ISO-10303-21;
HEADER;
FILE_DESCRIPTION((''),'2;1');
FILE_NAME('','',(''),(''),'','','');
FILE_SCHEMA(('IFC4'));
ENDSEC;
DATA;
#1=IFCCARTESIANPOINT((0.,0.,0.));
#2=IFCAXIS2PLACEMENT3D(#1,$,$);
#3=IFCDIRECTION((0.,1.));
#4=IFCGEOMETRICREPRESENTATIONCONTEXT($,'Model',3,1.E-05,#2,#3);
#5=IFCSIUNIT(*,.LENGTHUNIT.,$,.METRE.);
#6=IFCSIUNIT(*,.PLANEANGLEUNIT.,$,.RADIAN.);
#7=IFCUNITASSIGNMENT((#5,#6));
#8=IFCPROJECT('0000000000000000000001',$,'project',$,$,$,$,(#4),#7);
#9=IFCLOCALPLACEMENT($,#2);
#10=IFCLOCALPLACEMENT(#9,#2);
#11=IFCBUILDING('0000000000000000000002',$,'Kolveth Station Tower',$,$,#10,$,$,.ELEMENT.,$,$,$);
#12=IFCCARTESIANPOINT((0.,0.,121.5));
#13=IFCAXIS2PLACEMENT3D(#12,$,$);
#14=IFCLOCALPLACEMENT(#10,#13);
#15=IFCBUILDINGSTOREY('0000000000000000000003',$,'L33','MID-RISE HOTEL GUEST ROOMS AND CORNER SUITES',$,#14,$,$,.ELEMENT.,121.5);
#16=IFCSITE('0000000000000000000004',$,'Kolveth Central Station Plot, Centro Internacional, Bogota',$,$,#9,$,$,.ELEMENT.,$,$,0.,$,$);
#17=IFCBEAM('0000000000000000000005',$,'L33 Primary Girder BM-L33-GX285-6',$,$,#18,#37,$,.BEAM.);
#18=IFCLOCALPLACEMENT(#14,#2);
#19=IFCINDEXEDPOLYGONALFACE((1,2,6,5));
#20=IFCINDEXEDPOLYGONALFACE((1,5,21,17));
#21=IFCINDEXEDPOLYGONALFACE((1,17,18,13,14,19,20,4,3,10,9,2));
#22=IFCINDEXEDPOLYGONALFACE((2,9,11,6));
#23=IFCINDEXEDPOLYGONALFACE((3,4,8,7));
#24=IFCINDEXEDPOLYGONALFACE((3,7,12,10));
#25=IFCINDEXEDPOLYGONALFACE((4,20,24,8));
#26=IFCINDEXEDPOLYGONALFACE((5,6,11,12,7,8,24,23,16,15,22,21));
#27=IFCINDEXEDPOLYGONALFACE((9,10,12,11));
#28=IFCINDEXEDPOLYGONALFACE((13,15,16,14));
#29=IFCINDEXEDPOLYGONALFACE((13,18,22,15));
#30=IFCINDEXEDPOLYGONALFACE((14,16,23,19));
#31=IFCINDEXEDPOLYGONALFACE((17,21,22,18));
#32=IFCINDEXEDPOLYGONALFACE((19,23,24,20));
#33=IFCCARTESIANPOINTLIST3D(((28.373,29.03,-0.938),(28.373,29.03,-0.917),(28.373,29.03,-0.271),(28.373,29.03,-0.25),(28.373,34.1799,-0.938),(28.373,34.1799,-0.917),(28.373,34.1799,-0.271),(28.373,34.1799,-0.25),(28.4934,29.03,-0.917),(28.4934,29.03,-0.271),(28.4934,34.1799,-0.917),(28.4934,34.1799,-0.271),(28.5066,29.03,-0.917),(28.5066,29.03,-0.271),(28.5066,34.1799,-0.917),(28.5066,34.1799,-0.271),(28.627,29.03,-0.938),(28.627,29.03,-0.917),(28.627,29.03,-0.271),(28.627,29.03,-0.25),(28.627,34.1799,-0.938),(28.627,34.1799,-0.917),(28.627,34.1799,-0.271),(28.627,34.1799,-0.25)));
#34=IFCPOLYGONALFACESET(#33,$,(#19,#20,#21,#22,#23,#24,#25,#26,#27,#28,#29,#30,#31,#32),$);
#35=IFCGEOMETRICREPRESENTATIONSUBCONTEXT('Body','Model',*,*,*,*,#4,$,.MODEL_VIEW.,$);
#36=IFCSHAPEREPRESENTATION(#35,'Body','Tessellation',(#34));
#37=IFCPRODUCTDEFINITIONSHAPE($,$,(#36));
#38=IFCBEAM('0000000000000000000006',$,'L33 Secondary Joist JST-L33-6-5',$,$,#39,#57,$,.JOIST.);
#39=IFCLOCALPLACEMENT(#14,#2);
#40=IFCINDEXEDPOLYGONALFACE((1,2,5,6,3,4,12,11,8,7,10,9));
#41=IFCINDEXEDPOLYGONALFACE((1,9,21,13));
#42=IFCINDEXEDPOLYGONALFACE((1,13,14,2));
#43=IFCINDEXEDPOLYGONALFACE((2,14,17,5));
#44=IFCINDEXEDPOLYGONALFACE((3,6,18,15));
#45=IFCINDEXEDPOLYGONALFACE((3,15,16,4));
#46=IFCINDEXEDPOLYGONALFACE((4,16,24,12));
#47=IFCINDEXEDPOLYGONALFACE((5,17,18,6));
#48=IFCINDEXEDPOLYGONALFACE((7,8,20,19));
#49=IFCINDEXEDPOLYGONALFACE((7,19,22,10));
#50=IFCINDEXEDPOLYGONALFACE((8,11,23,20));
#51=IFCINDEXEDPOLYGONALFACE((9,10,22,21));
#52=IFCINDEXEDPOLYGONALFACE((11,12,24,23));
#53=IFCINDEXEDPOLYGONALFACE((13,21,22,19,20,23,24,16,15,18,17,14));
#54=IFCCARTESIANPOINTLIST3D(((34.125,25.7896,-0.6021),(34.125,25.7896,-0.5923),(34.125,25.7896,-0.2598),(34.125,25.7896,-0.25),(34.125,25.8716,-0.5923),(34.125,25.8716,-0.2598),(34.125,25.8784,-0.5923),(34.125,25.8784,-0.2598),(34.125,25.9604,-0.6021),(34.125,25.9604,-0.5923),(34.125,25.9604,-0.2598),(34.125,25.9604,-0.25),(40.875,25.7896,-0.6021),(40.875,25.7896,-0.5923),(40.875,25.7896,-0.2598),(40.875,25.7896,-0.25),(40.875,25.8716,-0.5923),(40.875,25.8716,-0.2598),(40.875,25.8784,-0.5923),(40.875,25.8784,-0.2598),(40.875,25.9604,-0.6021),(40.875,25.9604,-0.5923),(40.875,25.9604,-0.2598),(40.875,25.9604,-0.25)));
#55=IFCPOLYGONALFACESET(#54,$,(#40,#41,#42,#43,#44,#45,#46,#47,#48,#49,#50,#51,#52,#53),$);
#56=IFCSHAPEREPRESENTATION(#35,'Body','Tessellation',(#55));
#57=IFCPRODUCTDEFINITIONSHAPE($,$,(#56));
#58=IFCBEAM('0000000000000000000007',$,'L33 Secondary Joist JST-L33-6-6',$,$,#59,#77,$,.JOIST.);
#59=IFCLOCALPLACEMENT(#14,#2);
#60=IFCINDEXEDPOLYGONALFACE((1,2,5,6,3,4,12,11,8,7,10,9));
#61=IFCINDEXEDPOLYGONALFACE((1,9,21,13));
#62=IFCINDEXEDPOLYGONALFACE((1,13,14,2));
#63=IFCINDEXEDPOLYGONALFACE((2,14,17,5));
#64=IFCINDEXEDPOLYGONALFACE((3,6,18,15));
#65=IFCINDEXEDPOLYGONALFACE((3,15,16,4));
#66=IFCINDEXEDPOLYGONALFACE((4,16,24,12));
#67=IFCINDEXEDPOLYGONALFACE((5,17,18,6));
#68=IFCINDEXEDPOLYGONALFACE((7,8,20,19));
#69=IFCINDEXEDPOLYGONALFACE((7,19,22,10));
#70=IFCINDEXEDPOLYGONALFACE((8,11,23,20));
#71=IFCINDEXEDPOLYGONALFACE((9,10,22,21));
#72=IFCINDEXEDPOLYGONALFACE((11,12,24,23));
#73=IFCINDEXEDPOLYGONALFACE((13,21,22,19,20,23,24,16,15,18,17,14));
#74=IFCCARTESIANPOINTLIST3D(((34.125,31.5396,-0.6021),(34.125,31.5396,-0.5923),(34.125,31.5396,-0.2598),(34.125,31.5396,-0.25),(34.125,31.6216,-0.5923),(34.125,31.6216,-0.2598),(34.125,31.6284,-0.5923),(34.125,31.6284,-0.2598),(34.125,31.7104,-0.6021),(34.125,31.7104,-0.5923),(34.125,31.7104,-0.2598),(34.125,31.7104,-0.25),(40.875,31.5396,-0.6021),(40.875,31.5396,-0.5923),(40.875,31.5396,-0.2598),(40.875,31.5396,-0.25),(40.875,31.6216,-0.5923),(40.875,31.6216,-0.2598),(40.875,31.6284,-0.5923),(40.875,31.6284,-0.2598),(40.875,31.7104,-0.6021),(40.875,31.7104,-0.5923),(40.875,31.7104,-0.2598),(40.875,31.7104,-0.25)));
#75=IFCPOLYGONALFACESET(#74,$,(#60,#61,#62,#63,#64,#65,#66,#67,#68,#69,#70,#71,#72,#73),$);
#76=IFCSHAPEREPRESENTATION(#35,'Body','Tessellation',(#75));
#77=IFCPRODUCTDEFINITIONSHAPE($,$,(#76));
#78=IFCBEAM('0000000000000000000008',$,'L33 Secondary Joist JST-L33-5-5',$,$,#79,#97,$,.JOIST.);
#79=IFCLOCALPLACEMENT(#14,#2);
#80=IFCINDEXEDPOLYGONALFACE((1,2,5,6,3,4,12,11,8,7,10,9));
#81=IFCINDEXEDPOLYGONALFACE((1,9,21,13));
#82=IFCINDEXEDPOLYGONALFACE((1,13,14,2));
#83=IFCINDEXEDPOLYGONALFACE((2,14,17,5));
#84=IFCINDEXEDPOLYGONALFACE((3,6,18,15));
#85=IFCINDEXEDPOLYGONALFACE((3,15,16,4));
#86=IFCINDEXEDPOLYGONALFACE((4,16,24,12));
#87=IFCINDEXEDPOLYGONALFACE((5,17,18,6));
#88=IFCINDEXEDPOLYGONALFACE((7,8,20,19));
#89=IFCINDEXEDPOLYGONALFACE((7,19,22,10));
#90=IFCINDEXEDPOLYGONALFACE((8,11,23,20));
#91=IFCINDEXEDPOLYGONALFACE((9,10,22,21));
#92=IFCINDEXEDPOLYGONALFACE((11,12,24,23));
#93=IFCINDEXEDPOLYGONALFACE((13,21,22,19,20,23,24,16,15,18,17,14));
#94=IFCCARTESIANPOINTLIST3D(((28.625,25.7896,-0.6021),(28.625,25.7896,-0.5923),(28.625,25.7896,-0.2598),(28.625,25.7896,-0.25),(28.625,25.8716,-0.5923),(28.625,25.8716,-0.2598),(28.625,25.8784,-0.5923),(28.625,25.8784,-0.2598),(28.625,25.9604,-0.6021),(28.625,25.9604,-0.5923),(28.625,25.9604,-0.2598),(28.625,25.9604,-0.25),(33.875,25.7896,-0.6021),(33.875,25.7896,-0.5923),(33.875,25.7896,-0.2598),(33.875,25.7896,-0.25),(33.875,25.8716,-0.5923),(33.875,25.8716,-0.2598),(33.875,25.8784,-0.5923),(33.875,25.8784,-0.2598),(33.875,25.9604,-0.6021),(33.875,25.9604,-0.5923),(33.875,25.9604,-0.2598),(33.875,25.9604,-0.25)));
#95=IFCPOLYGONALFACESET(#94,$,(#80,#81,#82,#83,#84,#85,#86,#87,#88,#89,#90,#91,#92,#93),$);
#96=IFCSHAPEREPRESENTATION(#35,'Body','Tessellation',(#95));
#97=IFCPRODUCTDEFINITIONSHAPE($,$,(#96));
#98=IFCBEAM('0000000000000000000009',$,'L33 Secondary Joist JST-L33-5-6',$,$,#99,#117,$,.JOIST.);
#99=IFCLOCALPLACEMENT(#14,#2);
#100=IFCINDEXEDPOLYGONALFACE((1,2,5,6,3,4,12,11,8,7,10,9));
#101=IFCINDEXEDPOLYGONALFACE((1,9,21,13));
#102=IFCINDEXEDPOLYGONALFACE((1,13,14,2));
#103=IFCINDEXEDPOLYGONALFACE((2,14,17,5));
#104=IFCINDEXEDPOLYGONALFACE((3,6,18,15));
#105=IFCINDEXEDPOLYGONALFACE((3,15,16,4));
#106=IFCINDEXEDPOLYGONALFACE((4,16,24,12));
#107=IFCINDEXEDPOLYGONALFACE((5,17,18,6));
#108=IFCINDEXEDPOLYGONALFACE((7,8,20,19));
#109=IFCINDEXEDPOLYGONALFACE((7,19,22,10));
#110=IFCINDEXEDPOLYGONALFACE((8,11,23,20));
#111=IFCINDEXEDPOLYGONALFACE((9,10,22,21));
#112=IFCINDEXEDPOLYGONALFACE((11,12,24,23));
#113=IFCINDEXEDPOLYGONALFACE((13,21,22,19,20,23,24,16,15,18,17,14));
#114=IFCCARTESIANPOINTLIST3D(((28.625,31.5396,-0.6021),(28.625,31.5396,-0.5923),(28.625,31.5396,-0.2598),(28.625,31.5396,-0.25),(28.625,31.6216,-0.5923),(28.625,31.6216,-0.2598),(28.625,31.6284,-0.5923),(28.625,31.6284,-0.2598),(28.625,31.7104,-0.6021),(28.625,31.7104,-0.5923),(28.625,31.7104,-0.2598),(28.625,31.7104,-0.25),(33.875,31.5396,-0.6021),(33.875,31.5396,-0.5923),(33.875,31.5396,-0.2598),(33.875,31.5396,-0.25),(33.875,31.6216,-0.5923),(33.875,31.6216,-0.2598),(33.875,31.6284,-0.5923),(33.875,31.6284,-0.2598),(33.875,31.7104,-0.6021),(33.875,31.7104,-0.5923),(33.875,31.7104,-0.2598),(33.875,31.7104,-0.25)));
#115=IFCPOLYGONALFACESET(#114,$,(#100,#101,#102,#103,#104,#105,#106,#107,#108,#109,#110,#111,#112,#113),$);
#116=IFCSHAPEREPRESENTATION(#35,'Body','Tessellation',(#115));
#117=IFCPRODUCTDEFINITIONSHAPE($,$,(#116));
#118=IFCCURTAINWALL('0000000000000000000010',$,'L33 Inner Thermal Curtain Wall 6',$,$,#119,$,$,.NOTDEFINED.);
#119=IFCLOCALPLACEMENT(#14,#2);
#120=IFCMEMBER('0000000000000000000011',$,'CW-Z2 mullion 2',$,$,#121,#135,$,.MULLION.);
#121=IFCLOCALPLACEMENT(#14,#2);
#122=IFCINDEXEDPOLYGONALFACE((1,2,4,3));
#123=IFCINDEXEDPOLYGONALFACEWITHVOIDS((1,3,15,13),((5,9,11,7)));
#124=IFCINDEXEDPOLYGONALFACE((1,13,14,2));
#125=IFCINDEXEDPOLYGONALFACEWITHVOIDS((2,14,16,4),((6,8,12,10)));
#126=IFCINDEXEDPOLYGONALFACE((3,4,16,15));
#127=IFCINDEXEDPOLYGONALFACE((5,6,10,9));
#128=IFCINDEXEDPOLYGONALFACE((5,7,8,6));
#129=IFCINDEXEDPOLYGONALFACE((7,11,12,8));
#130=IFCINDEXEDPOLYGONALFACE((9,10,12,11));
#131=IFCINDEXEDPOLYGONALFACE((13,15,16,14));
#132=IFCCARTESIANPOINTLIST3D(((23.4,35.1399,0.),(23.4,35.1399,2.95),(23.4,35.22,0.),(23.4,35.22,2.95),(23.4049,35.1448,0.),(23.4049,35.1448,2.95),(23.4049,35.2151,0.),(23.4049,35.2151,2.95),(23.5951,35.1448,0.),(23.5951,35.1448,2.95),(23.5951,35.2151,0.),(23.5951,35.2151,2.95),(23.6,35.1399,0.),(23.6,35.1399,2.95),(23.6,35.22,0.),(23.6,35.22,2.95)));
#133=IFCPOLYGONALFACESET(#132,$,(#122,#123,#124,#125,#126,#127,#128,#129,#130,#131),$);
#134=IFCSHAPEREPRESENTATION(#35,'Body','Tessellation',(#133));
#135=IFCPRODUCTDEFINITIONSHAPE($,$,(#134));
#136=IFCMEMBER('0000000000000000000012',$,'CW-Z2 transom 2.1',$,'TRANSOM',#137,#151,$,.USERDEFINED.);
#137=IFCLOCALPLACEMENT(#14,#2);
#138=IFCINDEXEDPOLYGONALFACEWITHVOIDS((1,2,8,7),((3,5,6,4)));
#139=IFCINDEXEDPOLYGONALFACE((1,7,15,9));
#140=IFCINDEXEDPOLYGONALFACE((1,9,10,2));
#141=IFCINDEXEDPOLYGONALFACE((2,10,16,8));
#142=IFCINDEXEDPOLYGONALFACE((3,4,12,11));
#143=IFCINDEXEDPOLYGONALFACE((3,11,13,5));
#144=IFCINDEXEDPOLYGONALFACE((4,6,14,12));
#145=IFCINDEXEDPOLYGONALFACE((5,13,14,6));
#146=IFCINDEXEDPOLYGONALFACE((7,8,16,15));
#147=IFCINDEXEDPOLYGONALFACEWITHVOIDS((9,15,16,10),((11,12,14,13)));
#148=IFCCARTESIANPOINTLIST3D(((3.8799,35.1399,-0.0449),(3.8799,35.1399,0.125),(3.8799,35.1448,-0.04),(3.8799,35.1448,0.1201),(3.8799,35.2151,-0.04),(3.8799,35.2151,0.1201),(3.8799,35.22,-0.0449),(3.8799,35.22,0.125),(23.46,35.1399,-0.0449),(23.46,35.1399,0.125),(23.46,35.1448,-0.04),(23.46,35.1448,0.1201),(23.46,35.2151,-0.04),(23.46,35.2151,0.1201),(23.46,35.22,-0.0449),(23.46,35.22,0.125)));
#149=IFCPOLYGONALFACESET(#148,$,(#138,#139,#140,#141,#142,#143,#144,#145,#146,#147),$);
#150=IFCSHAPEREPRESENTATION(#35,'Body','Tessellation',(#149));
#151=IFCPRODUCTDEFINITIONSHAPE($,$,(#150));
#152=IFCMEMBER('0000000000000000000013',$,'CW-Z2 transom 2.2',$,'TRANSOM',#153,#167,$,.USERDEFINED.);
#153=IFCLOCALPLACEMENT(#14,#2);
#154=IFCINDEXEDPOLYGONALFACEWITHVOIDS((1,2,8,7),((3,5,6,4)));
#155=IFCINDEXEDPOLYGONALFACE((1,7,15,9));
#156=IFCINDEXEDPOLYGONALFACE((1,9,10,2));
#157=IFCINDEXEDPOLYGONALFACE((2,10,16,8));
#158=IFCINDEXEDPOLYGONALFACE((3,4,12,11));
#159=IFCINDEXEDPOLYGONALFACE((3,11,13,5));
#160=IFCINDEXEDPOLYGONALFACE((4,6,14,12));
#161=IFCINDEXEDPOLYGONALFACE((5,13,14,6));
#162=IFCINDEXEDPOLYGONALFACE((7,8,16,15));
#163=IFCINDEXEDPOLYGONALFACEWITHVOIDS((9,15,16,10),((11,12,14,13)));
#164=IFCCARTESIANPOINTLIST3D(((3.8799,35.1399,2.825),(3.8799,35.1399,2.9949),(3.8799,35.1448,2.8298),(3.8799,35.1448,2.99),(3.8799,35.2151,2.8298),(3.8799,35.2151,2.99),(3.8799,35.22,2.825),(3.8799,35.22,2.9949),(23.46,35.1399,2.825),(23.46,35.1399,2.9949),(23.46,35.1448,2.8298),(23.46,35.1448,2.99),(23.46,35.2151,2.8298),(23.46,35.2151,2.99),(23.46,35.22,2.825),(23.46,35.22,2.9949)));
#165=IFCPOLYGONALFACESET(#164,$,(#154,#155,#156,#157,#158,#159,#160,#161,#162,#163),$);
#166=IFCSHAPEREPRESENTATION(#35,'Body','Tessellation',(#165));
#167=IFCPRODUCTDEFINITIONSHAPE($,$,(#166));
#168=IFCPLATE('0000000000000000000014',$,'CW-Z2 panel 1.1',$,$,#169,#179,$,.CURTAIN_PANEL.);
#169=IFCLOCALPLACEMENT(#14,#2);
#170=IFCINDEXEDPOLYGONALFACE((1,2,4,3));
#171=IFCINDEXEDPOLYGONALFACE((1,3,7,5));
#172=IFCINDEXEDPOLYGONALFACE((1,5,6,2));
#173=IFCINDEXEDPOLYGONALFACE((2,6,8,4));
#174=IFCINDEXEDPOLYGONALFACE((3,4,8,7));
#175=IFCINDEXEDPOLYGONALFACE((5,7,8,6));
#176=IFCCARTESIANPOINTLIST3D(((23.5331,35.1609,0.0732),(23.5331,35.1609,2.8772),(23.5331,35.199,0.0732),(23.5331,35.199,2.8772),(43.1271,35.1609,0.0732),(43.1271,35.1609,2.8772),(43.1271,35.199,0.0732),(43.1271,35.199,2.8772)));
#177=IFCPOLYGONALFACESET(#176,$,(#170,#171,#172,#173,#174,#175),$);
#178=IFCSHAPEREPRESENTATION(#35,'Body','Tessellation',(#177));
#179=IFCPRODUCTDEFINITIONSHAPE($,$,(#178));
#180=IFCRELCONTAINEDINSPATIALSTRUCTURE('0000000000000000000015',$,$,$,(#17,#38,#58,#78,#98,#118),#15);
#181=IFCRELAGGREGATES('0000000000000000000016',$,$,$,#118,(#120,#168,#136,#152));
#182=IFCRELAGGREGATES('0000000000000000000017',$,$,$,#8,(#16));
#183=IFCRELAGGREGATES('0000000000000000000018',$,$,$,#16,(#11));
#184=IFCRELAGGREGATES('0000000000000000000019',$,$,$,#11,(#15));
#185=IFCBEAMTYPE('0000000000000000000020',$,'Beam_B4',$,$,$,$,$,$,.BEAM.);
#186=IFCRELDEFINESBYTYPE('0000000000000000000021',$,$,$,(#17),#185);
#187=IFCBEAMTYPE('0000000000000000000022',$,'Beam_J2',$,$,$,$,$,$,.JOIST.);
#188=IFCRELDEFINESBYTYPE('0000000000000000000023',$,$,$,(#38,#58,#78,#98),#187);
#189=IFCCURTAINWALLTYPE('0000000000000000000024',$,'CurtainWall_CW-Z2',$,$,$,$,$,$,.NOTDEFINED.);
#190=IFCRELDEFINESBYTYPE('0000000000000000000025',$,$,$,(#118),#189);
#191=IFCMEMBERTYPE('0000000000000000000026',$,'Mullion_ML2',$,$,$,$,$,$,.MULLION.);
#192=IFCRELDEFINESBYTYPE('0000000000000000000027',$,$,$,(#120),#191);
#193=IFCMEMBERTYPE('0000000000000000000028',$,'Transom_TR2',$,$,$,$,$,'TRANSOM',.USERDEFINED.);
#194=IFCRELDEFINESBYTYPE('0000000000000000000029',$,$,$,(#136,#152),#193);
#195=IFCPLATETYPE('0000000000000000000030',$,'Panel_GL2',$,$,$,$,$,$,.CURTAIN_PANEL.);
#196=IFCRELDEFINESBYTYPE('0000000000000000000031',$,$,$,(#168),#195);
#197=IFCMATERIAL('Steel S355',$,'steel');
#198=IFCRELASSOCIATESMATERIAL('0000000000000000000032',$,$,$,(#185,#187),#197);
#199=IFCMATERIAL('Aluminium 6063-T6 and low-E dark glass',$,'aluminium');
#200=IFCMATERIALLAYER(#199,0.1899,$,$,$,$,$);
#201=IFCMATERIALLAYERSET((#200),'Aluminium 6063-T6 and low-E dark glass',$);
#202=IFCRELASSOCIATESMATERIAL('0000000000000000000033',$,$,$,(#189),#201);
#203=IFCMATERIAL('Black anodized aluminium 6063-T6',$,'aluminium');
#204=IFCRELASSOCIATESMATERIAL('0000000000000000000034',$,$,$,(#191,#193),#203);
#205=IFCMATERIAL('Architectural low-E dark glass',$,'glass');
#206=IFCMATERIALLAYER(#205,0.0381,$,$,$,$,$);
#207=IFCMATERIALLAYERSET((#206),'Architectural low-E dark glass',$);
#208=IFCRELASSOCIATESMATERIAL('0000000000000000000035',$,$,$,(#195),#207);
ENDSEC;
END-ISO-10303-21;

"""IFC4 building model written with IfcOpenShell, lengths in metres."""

from ifc_helpers import new_model, si_unit, direction, frame, origin, origin_2d, place, context, subcontext, project, spatial, rectangle, hollow_rectangle, i_section, extrude, source, transform, mapped, material, layer, layer_set, material_profile, profile_set, type_object, element, aggregate, save


model = new_model("IFC4")

# Units and contexts
model_context = context("Model", 3, precision=1e-05, world=origin(), true_north=direction((0.0, 1.0)))
body_context = subcontext(model_context, "Body", "Model", "MODEL_VIEW")
ifc_project = project(units=[si_unit("LENGTHUNIT", "METRE"), si_unit("PLANEANGLEUNIT", "RADIAN")], contexts=[model_context])

# Site, building, storey
site_placement = place(None, origin())
site = spatial("IfcSite", under=ifc_project, at=site_placement, Name="Kolveth Central Station Plot, Centro Internacional, Bogota", CompositionType="ELEMENT", RefElevation=0.0)
building_placement = place(site_placement, origin())
building = spatial("IfcBuilding", under=site, at=building_placement, Name="Kolveth Station Tower", CompositionType="ELEMENT")
storey_placement = place(building_placement, frame((0.0, 0.0, 121.5)))
storey = spatial("IfcBuildingStorey", under=building, at=storey_placement, Name="L33", Description="MID-RISE HOTEL GUEST ROOMS AND CORNER SUITES", CompositionType="ELEMENT", Elevation=121.5)

# Shared definitions
ifc_material_1 = material(Name="Steel S355", Category="steel")

# Beams
ifc_material_profile_1 = material_profile(ifc_material_1, i_section(OverallWidth=0.2539, OverallDepth=0.688, WebThickness=0.0132, FlangeThickness=0.021, at=origin_2d()), Name="W690x152")
ifc_profile_set_1 = profile_set([ifc_material_profile_1], Name="Steel S355")
beam_type_1 = type_object("IfcBeamType", Name="Beam_B4", PredefinedType="BEAM", material=ifc_profile_set_1)
shared_shape_1 = source(origin(), body_context, "Body", "SweptSolid", [
    extrude(i_section(OverallWidth=0.2539, OverallDepth=0.688, WebThickness=0.0132, FlangeThickness=0.021, at=origin_2d()), origin(), (0.0, 0.0, 1.0), 5.1499),
])
beam_1_placement = place(storey_placement, frame((28.5, 29.03, -0.594), z_axis=(0.0, 1.0, 0.0), x_axis=(-1.0, 0.0, 0.0)))
element("IfcBeam", 1, at=beam_1_placement, inside=storey, type_object=beam_type_1, Name="L33 Primary Girder BM-L33-GX285-6", PredefinedType="BEAM", context=body_context, shape_type="MappedRepresentation", body=[
    mapped(shared_shape_1, transform((0.0, 0.0, 0.0), x_axis=(1.0, 0.0, 0.0), y_axis=(0.0, 1.0, 0.0), z_axis=(0.0, 0.0, 1.0), scale=1.0)),
])
ifc_material_profile_2 = material_profile(ifc_material_1, i_section(OverallWidth=0.1709, OverallDepth=0.3521, WebThickness=0.0068, FlangeThickness=0.0098, at=origin_2d()), Name="W360x44")
ifc_profile_set_2 = profile_set([ifc_material_profile_2], Name="Steel S355")
beam_type_2 = type_object("IfcBeamType", Name="Beam_J2", PredefinedType="JOIST", material=ifc_profile_set_2)
shared_shape_2 = source(origin(), body_context, "Body", "SweptSolid", [
    extrude(i_section(OverallWidth=0.1709, OverallDepth=0.3521, WebThickness=0.0068, FlangeThickness=0.0098, at=origin_2d()), origin(), (0.0, 0.0, 1.0), 6.75),
])
for number, where, z_axis, x_axis, name in (
    (2, (34.125, 25.875, -0.426), (1.0, 0.0, 0.0), (0.0, 1.0, 0.0), "L33 Secondary Joist JST-L33-6-5"),
    (3, (34.125, 31.625, -0.426), (1.0, 0.0, 0.0), (0.0, 1.0, 0.0), "L33 Secondary Joist JST-L33-6-6"),
):
    element("IfcBeam", number, at=place(storey_placement, frame(where, z_axis=z_axis, x_axis=x_axis)), inside=storey, type_object=beam_type_2, Name=name, PredefinedType="JOIST", context=body_context, shape_type="MappedRepresentation", body=[
        mapped(shared_shape_2, transform((0.0, 0.0, 0.0), x_axis=(1.0, 0.0, 0.0), y_axis=(0.0, 1.0, 0.0), z_axis=(0.0, 0.0, 1.0), scale=1.0)),
    ])
shared_shape_3 = source(origin(), body_context, "Body", "SweptSolid", [
    extrude(i_section(OverallWidth=0.1709, OverallDepth=0.3521, WebThickness=0.0068, FlangeThickness=0.0098, at=origin_2d()), origin(), (0.0, 0.0, 1.0), 5.25),
])
for number, where, z_axis, x_axis, name in (
    (4, (28.625, 25.875, -0.426), (1.0, 0.0, 0.0), (0.0, 1.0, 0.0), "L33 Secondary Joist JST-L33-5-5"),
    (5, (28.625, 31.625, -0.426), (1.0, 0.0, 0.0), (0.0, 1.0, 0.0), "L33 Secondary Joist JST-L33-5-6"),
):
    element("IfcBeam", number, at=place(storey_placement, frame(where, z_axis=z_axis, x_axis=x_axis)), inside=storey, type_object=beam_type_2, Name=name, PredefinedType="JOIST", context=body_context, shape_type="MappedRepresentation", body=[
        mapped(shared_shape_3, transform((0.0, 0.0, 0.0), x_axis=(1.0, 0.0, 0.0), y_axis=(0.0, 1.0, 0.0), z_axis=(0.0, 0.0, 1.0), scale=1.0)),
    ])

# Curtain wall, members, plate
ifc_material_2 = material(Name="Aluminium 6063-T6 and low-E dark glass", Category="aluminium")
ifc_layer_1 = layer(ifc_material_2, 0.1899)
ifc_layer_set_1 = layer_set([ifc_layer_1], Name="Aluminium 6063-T6 and low-E dark glass")
curtain_wall_type_1 = type_object("IfcCurtainWallType", Name="CurtainWall_CW-Z2", PredefinedType="NOTDEFINED", material=ifc_layer_set_1)
curtain_wall_1_placement = place(storey_placement, origin())
curtain_wall_1 = element("IfcCurtainWall", 6, at=curtain_wall_1_placement, inside=storey, type_object=curtain_wall_type_1, Name="L33 Inner Thermal Curtain Wall 6", PredefinedType="NOTDEFINED")
ifc_material_3 = material(Name="Black anodized aluminium 6063-T6", Category="aluminium")
ifc_material_profile_3 = material_profile(ifc_material_3, hollow_rectangle(XDim=0.0801, YDim=0.2, WallThickness=0.0049, at=origin_2d()), Name="ALU-80x200x5")
ifc_profile_set_3 = profile_set([ifc_material_profile_3], Name="Black anodized aluminium 6063-T6")
member_type_1 = type_object("IfcMemberType", Name="Mullion_ML2", PredefinedType="MULLION", material=ifc_profile_set_3)
shared_shape_4 = source(origin(), body_context, "Body", "SweptSolid", [
    extrude(hollow_rectangle(XDim=0.0801, YDim=0.2, WallThickness=0.0049, at=origin_2d()), origin(), (0.0, 0.0, 1.0), 2.95),
])
member_1_placement = place(storey_placement, frame((23.5, 35.1799, 0.0), z_axis=(0.0, 0.0, 1.0), x_axis=(0.0, -1.0, 0.0)))
member_1 = element("IfcMember", 7, at=member_1_placement, type_object=member_type_1, Name="CW-Z2 mullion 2", PredefinedType="MULLION", context=body_context, shape_type="MappedRepresentation", body=[
    mapped(shared_shape_4, transform((0.0, 0.0, 0.0), x_axis=(1.0, 0.0, 0.0), y_axis=(0.0, 1.0, 0.0), z_axis=(0.0, 0.0, 1.0), scale=1.0)),
])
ifc_material_profile_4 = material_profile(ifc_material_3, hollow_rectangle(XDim=0.0801, YDim=0.1699, WallThickness=0.0049, at=origin_2d()), Name="ALU-80x170x5")
ifc_profile_set_4 = profile_set([ifc_material_profile_4], Name="Black anodized aluminium 6063-T6")
member_type_2 = type_object("IfcMemberType", Name="Transom_TR2", ElementType="TRANSOM", PredefinedType="USERDEFINED", material=ifc_profile_set_4)
shared_shape_5 = source(origin(), body_context, "Body", "SweptSolid", [
    extrude(hollow_rectangle(XDim=0.0801, YDim=0.1699, WallThickness=0.0049, at=origin_2d()), origin(), (0.0, 0.0, 1.0), 19.5801),
])
member_2_placement = place(storey_placement, frame((23.46, 35.1799, 0.04), z_axis=(-1.0, 0.0, 0.0), x_axis=(0.0, -1.0, 0.0)))
member_2 = element("IfcMember", 8, at=member_2_placement, type_object=member_type_2, Name="CW-Z2 transom 2.1", ObjectType="TRANSOM", PredefinedType="USERDEFINED", context=body_context, shape_type="MappedRepresentation", body=[
    mapped(shared_shape_5, transform((0.0, 0.0, 0.0), x_axis=(1.0, 0.0, 0.0), y_axis=(0.0, 1.0, 0.0), z_axis=(0.0, 0.0, 1.0), scale=1.0)),
])
member_3_placement = place(storey_placement, frame((23.46, 35.1799, 2.9099), z_axis=(-1.0, 0.0, 0.0), x_axis=(0.0, -1.0, 0.0)))
member_3 = element("IfcMember", 9, at=member_3_placement, type_object=member_type_2, Name="CW-Z2 transom 2.2", ObjectType="TRANSOM", PredefinedType="USERDEFINED", context=body_context, shape_type="MappedRepresentation", body=[
    mapped(shared_shape_5, transform((0.0, 0.0, 0.0), x_axis=(1.0, 0.0, 0.0), y_axis=(0.0, 1.0, 0.0), z_axis=(0.0, 0.0, 1.0), scale=1.0)),
])
ifc_material_4 = material(Name="Architectural low-E dark glass", Category="glass")
ifc_layer_2 = layer(ifc_material_4, 0.0381)
ifc_layer_set_2 = layer_set([ifc_layer_2], Name="Architectural low-E dark glass")
plate_type_1 = type_object("IfcPlateType", Name="Panel_GL2", PredefinedType="CURTAIN_PANEL", material=ifc_layer_set_2)
shared_shape_6 = source(origin(), body_context, "Body", "SweptSolid", [
    extrude(rectangle(XDim=19.594, YDim=0.0381, at=origin_2d()), origin(), (0.0, 0.0, 1.0), 2.804),
])
plate_1_placement = place(storey_placement, frame((33.3301, 35.1799, 0.0732), z_axis=(0.0, 0.0, 1.0), x_axis=(-1.0, 0.0, 0.0)))
plate_1 = element("IfcPlate", 10, at=plate_1_placement, type_object=plate_type_1, Name="CW-Z2 panel 1.1", PredefinedType="CURTAIN_PANEL", context=body_context, shape_type="MappedRepresentation", body=[
    mapped(shared_shape_6, transform((0.0, 0.0, 0.0), x_axis=(1.0, 0.0, 0.0), y_axis=(0.0, 1.0, 0.0), z_axis=(0.0, 0.0, 1.0), scale=1.0)),
])
aggregate(curtain_wall_1, [member_1, plate_1, member_2, member_3])

save(model, "model.ifc")
